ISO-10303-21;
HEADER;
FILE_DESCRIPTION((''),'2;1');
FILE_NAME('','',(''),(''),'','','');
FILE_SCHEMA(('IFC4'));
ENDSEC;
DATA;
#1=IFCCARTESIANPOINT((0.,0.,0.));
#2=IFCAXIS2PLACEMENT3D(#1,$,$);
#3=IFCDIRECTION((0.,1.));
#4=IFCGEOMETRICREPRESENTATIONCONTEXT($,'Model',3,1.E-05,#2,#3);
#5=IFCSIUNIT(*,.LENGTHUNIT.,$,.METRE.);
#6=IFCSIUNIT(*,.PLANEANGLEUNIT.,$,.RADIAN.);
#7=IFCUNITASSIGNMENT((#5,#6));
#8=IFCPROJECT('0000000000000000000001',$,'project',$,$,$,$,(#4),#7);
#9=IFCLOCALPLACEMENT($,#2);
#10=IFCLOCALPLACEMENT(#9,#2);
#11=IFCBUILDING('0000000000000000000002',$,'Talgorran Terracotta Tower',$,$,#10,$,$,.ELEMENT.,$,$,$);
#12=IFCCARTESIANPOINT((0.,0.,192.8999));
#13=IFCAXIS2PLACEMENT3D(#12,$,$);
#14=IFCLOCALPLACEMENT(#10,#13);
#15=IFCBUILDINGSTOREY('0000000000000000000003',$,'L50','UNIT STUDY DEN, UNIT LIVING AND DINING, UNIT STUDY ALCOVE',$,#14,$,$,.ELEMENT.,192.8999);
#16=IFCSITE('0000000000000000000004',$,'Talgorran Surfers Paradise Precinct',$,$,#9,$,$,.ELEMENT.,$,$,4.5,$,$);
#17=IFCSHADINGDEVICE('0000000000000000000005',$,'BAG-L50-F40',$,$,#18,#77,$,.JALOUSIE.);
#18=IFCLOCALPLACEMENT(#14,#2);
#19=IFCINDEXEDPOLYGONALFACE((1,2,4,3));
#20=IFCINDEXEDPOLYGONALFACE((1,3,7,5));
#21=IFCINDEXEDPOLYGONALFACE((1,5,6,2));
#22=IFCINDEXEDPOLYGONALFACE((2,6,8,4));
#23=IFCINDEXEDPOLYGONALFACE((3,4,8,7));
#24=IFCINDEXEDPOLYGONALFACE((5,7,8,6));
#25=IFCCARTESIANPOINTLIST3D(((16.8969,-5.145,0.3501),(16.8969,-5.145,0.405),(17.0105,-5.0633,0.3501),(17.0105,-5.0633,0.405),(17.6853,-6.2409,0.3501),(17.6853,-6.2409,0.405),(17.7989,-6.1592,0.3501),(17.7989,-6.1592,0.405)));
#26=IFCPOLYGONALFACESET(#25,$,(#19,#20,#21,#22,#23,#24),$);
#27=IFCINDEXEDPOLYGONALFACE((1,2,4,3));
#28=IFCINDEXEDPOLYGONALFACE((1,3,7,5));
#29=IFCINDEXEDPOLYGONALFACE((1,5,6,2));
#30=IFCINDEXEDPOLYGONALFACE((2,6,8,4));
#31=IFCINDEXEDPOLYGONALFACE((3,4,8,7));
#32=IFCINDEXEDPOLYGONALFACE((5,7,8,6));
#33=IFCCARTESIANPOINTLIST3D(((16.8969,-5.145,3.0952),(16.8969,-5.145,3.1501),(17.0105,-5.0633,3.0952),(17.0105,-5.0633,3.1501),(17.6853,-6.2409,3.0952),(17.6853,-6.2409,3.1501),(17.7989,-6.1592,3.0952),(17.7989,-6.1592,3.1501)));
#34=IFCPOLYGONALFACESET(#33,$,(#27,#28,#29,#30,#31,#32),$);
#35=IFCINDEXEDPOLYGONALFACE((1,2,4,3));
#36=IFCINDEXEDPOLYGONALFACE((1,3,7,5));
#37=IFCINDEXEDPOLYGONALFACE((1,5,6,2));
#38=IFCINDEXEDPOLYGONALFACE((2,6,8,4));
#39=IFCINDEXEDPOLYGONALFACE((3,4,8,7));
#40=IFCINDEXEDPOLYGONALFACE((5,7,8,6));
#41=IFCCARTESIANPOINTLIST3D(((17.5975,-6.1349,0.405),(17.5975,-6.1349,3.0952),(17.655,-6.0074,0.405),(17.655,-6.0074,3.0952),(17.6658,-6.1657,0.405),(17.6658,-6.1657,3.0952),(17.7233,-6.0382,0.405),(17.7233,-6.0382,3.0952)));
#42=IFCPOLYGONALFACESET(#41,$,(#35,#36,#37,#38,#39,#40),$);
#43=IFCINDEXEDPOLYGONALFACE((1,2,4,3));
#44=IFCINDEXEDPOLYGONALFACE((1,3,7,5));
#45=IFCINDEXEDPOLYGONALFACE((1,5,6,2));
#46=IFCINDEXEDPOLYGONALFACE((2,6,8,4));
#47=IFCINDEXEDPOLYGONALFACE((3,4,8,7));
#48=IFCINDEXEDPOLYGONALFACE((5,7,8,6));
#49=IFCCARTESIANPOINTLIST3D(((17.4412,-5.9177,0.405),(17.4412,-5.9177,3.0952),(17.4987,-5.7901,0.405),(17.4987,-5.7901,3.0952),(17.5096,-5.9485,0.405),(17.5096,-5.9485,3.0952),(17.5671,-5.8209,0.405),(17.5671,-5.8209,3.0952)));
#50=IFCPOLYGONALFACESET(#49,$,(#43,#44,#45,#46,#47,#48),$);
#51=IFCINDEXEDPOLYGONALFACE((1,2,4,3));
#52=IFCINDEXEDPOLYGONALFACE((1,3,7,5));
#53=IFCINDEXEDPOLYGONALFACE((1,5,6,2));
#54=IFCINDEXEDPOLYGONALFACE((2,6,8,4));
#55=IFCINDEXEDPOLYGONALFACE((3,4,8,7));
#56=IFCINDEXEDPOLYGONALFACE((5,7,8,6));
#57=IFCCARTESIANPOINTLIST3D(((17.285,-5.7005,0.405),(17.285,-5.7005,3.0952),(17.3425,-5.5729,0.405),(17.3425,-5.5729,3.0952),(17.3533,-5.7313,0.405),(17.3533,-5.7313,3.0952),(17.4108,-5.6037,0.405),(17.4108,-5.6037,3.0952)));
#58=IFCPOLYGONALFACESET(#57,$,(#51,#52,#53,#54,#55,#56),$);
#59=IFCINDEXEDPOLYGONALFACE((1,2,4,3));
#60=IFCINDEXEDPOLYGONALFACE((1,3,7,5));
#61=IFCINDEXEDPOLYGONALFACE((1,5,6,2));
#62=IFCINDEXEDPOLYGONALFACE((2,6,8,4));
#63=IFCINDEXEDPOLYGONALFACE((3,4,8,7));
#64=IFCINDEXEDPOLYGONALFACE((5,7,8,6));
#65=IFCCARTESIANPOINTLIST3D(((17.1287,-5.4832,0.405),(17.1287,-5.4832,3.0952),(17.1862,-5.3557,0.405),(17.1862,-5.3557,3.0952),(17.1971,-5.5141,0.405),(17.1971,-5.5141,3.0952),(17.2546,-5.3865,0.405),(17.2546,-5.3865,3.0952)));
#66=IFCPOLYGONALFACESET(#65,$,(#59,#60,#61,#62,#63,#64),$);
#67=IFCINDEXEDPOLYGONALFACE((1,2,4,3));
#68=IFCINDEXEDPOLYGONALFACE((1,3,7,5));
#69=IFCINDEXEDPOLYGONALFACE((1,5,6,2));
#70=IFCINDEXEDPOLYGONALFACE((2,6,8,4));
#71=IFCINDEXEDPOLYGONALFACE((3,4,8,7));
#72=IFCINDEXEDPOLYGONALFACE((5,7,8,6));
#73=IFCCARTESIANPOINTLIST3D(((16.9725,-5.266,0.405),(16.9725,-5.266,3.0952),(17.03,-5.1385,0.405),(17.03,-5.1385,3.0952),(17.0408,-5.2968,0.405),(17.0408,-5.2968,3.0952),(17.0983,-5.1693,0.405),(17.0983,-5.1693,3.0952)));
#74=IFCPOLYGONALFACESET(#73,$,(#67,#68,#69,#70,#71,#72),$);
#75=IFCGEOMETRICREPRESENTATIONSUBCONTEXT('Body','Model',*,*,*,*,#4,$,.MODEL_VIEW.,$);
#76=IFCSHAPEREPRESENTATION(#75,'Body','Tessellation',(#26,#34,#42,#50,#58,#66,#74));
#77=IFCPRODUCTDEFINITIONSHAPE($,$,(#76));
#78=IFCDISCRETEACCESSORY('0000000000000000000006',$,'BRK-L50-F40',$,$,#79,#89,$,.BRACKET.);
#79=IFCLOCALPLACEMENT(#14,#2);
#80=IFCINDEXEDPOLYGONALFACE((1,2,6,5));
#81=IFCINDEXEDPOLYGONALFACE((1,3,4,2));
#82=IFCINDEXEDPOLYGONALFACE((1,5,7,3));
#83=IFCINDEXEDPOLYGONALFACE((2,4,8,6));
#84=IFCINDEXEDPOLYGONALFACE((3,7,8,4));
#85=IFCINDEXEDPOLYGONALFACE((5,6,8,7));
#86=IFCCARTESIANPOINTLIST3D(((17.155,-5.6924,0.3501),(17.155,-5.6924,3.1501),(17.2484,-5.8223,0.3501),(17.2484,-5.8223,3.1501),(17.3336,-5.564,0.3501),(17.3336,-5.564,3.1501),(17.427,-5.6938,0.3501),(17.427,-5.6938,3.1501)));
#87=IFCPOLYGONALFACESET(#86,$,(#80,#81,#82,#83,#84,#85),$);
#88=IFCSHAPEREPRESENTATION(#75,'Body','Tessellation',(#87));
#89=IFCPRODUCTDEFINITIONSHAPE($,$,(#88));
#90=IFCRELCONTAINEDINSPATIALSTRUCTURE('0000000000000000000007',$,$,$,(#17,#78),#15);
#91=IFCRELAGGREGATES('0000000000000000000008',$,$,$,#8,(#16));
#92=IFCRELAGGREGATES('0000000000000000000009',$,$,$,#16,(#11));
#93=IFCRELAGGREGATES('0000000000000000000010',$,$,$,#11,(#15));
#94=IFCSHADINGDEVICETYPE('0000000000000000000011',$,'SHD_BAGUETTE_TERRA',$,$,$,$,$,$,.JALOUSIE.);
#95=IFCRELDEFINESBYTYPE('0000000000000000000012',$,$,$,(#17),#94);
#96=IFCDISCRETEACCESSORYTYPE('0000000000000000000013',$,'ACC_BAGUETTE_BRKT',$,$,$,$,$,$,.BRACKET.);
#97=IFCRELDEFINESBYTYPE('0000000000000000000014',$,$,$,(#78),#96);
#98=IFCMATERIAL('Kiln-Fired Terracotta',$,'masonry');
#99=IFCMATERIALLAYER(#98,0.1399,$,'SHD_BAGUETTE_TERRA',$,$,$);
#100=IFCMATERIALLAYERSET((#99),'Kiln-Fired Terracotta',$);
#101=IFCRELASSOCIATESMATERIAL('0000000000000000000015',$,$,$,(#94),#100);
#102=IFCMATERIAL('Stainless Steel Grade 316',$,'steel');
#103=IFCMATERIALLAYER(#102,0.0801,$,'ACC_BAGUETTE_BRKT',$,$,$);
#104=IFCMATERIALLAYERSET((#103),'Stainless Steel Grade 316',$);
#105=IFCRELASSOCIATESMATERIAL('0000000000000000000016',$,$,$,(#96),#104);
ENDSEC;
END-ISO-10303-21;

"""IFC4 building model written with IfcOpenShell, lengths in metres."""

from ifc_helpers import new_model, si_unit, direction, frame, origin, origin_2d, place, context, subcontext, project, spatial, rectangle, extrude, source, transform, mapped, material, layer, layer_set, type_object, type_shapes, element, save


model = new_model("IFC4")

# Units and contexts
model_context = context("Model", 3, precision=1e-05, world=origin(), true_north=direction((0.0, 1.0)))
body_context = subcontext(model_context, "Body", "Model", "MODEL_VIEW")
ifc_project = project(units=[si_unit("LENGTHUNIT", "METRE"), si_unit("PLANEANGLEUNIT", "RADIAN")], contexts=[model_context])

# Site, building, storey
site_placement = place(None, origin())
site = spatial("IfcSite", under=ifc_project, at=site_placement, Name="Talgorran Surfers Paradise Precinct", CompositionType="ELEMENT", RefElevation=4.5)
building_placement = place(site_placement, origin())
building = spatial("IfcBuilding", under=site, at=building_placement, Name="Talgorran Terracotta Tower", CompositionType="ELEMENT")
storey_placement = place(building_placement, frame((0.0, 0.0, 192.8999)))
storey = spatial("IfcBuildingStorey", under=building, at=storey_placement, Name="L50", Description="UNIT STUDY DEN, UNIT LIVING AND DINING, UNIT STUDY ALCOVE", CompositionType="ELEMENT", Elevation=192.8999)

# Shading device
ifc_material_1 = material(Name="Kiln-Fired Terracotta", Category="masonry")
ifc_layer_1 = layer(ifc_material_1, 0.1399, Name="SHD_BAGUETTE_TERRA")
ifc_layer_set_1 = layer_set([ifc_layer_1], Name="Kiln-Fired Terracotta")
shading_device_type = type_object("IfcShadingDeviceType", Name="SHD_BAGUETTE_TERRA", PredefinedType="JALOUSIE", material=ifc_layer_set_1)
shared_shape_1 = source(origin(), body_context, "Body", "SweptSolid", [
    extrude(rectangle(XDim=1.3501, YDim=0.1399, at=origin_2d()), origin(), (0.0, 0.0, 1.0), 0.0549),
    extrude(rectangle(XDim=1.3501, YDim=0.1399, at=origin_2d()), frame((0.0, 0.0, 2.7451)), (0.0, 0.0, 1.0), 0.0549),
    extrude(rectangle(XDim=0.075, YDim=0.1399, at=origin_2d()), frame((-0.5352, 0.0, 0.0549), z_axis=(0.0, 0.0, 1.0), x_axis=(0.866025, 0.5, 0.0)), (0.0, 0.0, 1.0), 2.6902),
    extrude(rectangle(XDim=0.075, YDim=0.1399, at=origin_2d()), frame((-0.2676, 0.0, 0.0549), z_axis=(0.0, 0.0, 1.0), x_axis=(0.866025, 0.5, 0.0)), (0.0, 0.0, 1.0), 2.6902),
    extrude(rectangle(XDim=0.075, YDim=0.1399, at=origin_2d()), frame((0.0, 0.0, 0.0549), z_axis=(0.0, 0.0, 1.0), x_axis=(0.866025, 0.5, 0.0)), (0.0, 0.0, 1.0), 2.6902),
    extrude(rectangle(XDim=0.075, YDim=0.1399, at=origin_2d()), frame((0.2676, 0.0, 0.0549), z_axis=(0.0, 0.0, 1.0), x_axis=(0.866025, 0.5, 0.0)), (0.0, 0.0, 1.0), 2.6902),
    extrude(rectangle(XDim=0.075, YDim=0.1399, at=origin_2d()), frame((0.5352, 0.0, 0.0549), z_axis=(0.0, 0.0, 1.0), x_axis=(0.866025, 0.5, 0.0)), (0.0, 0.0, 1.0), 2.6902),
])
type_shapes(shading_device_type, [shared_shape_1])
shading_device_placement = place(storey_placement, frame((17.3479, -5.6521, 0.3501), z_axis=(0.0, 0.0, 1.0), x_axis=(-0.583981, 0.811768, 0.0)))
element("IfcShadingDevice", 1, at=shading_device_placement, inside=storey, type_object=shading_device_type, Name="BAG-L50-F40", PredefinedType="JALOUSIE", context=body_context, shape_type="MappedRepresentation", body=[
    mapped(shared_shape_1, transform((0.0, 0.0, 0.0), scale=1.0)),
])

# Discrete accessory
ifc_material_2 = material(Name="Stainless Steel Grade 316", Category="steel")
ifc_layer_2 = layer(ifc_material_2, 0.0801, Name="ACC_BAGUETTE_BRKT")
ifc_layer_set_2 = layer_set([ifc_layer_2], Name="Stainless Steel Grade 316")
discrete_accessory_type = type_object("IfcDiscreteAccessoryType", Name="ACC_BAGUETTE_BRKT", PredefinedType="BRACKET", material=ifc_layer_set_2)
shared_shape_2 = source(origin(), body_context, "Body", "SweptSolid", [
    extrude(rectangle(XDim=0.1599, YDim=0.22, at=origin_2d()), origin(), (0.0, 0.0, 1.0), 2.8),
])
type_shapes(discrete_accessory_type, [shared_shape_2])
discrete_accessory_placement = place(storey_placement, frame((17.291, -5.6931, 0.3501), z_axis=(0.0, 0.0, 1.0), x_axis=(-0.583981, 0.811768, 0.0)))
element("IfcDiscreteAccessory", 2, at=discrete_accessory_placement, inside=storey, type_object=discrete_accessory_type, Name="BRK-L50-F40", PredefinedType="BRACKET", context=body_context, shape_type="MappedRepresentation", body=[
    mapped(shared_shape_2, transform((0.0, 0.0, 0.0), scale=1.0)),
])

save(model, "model.ifc")
